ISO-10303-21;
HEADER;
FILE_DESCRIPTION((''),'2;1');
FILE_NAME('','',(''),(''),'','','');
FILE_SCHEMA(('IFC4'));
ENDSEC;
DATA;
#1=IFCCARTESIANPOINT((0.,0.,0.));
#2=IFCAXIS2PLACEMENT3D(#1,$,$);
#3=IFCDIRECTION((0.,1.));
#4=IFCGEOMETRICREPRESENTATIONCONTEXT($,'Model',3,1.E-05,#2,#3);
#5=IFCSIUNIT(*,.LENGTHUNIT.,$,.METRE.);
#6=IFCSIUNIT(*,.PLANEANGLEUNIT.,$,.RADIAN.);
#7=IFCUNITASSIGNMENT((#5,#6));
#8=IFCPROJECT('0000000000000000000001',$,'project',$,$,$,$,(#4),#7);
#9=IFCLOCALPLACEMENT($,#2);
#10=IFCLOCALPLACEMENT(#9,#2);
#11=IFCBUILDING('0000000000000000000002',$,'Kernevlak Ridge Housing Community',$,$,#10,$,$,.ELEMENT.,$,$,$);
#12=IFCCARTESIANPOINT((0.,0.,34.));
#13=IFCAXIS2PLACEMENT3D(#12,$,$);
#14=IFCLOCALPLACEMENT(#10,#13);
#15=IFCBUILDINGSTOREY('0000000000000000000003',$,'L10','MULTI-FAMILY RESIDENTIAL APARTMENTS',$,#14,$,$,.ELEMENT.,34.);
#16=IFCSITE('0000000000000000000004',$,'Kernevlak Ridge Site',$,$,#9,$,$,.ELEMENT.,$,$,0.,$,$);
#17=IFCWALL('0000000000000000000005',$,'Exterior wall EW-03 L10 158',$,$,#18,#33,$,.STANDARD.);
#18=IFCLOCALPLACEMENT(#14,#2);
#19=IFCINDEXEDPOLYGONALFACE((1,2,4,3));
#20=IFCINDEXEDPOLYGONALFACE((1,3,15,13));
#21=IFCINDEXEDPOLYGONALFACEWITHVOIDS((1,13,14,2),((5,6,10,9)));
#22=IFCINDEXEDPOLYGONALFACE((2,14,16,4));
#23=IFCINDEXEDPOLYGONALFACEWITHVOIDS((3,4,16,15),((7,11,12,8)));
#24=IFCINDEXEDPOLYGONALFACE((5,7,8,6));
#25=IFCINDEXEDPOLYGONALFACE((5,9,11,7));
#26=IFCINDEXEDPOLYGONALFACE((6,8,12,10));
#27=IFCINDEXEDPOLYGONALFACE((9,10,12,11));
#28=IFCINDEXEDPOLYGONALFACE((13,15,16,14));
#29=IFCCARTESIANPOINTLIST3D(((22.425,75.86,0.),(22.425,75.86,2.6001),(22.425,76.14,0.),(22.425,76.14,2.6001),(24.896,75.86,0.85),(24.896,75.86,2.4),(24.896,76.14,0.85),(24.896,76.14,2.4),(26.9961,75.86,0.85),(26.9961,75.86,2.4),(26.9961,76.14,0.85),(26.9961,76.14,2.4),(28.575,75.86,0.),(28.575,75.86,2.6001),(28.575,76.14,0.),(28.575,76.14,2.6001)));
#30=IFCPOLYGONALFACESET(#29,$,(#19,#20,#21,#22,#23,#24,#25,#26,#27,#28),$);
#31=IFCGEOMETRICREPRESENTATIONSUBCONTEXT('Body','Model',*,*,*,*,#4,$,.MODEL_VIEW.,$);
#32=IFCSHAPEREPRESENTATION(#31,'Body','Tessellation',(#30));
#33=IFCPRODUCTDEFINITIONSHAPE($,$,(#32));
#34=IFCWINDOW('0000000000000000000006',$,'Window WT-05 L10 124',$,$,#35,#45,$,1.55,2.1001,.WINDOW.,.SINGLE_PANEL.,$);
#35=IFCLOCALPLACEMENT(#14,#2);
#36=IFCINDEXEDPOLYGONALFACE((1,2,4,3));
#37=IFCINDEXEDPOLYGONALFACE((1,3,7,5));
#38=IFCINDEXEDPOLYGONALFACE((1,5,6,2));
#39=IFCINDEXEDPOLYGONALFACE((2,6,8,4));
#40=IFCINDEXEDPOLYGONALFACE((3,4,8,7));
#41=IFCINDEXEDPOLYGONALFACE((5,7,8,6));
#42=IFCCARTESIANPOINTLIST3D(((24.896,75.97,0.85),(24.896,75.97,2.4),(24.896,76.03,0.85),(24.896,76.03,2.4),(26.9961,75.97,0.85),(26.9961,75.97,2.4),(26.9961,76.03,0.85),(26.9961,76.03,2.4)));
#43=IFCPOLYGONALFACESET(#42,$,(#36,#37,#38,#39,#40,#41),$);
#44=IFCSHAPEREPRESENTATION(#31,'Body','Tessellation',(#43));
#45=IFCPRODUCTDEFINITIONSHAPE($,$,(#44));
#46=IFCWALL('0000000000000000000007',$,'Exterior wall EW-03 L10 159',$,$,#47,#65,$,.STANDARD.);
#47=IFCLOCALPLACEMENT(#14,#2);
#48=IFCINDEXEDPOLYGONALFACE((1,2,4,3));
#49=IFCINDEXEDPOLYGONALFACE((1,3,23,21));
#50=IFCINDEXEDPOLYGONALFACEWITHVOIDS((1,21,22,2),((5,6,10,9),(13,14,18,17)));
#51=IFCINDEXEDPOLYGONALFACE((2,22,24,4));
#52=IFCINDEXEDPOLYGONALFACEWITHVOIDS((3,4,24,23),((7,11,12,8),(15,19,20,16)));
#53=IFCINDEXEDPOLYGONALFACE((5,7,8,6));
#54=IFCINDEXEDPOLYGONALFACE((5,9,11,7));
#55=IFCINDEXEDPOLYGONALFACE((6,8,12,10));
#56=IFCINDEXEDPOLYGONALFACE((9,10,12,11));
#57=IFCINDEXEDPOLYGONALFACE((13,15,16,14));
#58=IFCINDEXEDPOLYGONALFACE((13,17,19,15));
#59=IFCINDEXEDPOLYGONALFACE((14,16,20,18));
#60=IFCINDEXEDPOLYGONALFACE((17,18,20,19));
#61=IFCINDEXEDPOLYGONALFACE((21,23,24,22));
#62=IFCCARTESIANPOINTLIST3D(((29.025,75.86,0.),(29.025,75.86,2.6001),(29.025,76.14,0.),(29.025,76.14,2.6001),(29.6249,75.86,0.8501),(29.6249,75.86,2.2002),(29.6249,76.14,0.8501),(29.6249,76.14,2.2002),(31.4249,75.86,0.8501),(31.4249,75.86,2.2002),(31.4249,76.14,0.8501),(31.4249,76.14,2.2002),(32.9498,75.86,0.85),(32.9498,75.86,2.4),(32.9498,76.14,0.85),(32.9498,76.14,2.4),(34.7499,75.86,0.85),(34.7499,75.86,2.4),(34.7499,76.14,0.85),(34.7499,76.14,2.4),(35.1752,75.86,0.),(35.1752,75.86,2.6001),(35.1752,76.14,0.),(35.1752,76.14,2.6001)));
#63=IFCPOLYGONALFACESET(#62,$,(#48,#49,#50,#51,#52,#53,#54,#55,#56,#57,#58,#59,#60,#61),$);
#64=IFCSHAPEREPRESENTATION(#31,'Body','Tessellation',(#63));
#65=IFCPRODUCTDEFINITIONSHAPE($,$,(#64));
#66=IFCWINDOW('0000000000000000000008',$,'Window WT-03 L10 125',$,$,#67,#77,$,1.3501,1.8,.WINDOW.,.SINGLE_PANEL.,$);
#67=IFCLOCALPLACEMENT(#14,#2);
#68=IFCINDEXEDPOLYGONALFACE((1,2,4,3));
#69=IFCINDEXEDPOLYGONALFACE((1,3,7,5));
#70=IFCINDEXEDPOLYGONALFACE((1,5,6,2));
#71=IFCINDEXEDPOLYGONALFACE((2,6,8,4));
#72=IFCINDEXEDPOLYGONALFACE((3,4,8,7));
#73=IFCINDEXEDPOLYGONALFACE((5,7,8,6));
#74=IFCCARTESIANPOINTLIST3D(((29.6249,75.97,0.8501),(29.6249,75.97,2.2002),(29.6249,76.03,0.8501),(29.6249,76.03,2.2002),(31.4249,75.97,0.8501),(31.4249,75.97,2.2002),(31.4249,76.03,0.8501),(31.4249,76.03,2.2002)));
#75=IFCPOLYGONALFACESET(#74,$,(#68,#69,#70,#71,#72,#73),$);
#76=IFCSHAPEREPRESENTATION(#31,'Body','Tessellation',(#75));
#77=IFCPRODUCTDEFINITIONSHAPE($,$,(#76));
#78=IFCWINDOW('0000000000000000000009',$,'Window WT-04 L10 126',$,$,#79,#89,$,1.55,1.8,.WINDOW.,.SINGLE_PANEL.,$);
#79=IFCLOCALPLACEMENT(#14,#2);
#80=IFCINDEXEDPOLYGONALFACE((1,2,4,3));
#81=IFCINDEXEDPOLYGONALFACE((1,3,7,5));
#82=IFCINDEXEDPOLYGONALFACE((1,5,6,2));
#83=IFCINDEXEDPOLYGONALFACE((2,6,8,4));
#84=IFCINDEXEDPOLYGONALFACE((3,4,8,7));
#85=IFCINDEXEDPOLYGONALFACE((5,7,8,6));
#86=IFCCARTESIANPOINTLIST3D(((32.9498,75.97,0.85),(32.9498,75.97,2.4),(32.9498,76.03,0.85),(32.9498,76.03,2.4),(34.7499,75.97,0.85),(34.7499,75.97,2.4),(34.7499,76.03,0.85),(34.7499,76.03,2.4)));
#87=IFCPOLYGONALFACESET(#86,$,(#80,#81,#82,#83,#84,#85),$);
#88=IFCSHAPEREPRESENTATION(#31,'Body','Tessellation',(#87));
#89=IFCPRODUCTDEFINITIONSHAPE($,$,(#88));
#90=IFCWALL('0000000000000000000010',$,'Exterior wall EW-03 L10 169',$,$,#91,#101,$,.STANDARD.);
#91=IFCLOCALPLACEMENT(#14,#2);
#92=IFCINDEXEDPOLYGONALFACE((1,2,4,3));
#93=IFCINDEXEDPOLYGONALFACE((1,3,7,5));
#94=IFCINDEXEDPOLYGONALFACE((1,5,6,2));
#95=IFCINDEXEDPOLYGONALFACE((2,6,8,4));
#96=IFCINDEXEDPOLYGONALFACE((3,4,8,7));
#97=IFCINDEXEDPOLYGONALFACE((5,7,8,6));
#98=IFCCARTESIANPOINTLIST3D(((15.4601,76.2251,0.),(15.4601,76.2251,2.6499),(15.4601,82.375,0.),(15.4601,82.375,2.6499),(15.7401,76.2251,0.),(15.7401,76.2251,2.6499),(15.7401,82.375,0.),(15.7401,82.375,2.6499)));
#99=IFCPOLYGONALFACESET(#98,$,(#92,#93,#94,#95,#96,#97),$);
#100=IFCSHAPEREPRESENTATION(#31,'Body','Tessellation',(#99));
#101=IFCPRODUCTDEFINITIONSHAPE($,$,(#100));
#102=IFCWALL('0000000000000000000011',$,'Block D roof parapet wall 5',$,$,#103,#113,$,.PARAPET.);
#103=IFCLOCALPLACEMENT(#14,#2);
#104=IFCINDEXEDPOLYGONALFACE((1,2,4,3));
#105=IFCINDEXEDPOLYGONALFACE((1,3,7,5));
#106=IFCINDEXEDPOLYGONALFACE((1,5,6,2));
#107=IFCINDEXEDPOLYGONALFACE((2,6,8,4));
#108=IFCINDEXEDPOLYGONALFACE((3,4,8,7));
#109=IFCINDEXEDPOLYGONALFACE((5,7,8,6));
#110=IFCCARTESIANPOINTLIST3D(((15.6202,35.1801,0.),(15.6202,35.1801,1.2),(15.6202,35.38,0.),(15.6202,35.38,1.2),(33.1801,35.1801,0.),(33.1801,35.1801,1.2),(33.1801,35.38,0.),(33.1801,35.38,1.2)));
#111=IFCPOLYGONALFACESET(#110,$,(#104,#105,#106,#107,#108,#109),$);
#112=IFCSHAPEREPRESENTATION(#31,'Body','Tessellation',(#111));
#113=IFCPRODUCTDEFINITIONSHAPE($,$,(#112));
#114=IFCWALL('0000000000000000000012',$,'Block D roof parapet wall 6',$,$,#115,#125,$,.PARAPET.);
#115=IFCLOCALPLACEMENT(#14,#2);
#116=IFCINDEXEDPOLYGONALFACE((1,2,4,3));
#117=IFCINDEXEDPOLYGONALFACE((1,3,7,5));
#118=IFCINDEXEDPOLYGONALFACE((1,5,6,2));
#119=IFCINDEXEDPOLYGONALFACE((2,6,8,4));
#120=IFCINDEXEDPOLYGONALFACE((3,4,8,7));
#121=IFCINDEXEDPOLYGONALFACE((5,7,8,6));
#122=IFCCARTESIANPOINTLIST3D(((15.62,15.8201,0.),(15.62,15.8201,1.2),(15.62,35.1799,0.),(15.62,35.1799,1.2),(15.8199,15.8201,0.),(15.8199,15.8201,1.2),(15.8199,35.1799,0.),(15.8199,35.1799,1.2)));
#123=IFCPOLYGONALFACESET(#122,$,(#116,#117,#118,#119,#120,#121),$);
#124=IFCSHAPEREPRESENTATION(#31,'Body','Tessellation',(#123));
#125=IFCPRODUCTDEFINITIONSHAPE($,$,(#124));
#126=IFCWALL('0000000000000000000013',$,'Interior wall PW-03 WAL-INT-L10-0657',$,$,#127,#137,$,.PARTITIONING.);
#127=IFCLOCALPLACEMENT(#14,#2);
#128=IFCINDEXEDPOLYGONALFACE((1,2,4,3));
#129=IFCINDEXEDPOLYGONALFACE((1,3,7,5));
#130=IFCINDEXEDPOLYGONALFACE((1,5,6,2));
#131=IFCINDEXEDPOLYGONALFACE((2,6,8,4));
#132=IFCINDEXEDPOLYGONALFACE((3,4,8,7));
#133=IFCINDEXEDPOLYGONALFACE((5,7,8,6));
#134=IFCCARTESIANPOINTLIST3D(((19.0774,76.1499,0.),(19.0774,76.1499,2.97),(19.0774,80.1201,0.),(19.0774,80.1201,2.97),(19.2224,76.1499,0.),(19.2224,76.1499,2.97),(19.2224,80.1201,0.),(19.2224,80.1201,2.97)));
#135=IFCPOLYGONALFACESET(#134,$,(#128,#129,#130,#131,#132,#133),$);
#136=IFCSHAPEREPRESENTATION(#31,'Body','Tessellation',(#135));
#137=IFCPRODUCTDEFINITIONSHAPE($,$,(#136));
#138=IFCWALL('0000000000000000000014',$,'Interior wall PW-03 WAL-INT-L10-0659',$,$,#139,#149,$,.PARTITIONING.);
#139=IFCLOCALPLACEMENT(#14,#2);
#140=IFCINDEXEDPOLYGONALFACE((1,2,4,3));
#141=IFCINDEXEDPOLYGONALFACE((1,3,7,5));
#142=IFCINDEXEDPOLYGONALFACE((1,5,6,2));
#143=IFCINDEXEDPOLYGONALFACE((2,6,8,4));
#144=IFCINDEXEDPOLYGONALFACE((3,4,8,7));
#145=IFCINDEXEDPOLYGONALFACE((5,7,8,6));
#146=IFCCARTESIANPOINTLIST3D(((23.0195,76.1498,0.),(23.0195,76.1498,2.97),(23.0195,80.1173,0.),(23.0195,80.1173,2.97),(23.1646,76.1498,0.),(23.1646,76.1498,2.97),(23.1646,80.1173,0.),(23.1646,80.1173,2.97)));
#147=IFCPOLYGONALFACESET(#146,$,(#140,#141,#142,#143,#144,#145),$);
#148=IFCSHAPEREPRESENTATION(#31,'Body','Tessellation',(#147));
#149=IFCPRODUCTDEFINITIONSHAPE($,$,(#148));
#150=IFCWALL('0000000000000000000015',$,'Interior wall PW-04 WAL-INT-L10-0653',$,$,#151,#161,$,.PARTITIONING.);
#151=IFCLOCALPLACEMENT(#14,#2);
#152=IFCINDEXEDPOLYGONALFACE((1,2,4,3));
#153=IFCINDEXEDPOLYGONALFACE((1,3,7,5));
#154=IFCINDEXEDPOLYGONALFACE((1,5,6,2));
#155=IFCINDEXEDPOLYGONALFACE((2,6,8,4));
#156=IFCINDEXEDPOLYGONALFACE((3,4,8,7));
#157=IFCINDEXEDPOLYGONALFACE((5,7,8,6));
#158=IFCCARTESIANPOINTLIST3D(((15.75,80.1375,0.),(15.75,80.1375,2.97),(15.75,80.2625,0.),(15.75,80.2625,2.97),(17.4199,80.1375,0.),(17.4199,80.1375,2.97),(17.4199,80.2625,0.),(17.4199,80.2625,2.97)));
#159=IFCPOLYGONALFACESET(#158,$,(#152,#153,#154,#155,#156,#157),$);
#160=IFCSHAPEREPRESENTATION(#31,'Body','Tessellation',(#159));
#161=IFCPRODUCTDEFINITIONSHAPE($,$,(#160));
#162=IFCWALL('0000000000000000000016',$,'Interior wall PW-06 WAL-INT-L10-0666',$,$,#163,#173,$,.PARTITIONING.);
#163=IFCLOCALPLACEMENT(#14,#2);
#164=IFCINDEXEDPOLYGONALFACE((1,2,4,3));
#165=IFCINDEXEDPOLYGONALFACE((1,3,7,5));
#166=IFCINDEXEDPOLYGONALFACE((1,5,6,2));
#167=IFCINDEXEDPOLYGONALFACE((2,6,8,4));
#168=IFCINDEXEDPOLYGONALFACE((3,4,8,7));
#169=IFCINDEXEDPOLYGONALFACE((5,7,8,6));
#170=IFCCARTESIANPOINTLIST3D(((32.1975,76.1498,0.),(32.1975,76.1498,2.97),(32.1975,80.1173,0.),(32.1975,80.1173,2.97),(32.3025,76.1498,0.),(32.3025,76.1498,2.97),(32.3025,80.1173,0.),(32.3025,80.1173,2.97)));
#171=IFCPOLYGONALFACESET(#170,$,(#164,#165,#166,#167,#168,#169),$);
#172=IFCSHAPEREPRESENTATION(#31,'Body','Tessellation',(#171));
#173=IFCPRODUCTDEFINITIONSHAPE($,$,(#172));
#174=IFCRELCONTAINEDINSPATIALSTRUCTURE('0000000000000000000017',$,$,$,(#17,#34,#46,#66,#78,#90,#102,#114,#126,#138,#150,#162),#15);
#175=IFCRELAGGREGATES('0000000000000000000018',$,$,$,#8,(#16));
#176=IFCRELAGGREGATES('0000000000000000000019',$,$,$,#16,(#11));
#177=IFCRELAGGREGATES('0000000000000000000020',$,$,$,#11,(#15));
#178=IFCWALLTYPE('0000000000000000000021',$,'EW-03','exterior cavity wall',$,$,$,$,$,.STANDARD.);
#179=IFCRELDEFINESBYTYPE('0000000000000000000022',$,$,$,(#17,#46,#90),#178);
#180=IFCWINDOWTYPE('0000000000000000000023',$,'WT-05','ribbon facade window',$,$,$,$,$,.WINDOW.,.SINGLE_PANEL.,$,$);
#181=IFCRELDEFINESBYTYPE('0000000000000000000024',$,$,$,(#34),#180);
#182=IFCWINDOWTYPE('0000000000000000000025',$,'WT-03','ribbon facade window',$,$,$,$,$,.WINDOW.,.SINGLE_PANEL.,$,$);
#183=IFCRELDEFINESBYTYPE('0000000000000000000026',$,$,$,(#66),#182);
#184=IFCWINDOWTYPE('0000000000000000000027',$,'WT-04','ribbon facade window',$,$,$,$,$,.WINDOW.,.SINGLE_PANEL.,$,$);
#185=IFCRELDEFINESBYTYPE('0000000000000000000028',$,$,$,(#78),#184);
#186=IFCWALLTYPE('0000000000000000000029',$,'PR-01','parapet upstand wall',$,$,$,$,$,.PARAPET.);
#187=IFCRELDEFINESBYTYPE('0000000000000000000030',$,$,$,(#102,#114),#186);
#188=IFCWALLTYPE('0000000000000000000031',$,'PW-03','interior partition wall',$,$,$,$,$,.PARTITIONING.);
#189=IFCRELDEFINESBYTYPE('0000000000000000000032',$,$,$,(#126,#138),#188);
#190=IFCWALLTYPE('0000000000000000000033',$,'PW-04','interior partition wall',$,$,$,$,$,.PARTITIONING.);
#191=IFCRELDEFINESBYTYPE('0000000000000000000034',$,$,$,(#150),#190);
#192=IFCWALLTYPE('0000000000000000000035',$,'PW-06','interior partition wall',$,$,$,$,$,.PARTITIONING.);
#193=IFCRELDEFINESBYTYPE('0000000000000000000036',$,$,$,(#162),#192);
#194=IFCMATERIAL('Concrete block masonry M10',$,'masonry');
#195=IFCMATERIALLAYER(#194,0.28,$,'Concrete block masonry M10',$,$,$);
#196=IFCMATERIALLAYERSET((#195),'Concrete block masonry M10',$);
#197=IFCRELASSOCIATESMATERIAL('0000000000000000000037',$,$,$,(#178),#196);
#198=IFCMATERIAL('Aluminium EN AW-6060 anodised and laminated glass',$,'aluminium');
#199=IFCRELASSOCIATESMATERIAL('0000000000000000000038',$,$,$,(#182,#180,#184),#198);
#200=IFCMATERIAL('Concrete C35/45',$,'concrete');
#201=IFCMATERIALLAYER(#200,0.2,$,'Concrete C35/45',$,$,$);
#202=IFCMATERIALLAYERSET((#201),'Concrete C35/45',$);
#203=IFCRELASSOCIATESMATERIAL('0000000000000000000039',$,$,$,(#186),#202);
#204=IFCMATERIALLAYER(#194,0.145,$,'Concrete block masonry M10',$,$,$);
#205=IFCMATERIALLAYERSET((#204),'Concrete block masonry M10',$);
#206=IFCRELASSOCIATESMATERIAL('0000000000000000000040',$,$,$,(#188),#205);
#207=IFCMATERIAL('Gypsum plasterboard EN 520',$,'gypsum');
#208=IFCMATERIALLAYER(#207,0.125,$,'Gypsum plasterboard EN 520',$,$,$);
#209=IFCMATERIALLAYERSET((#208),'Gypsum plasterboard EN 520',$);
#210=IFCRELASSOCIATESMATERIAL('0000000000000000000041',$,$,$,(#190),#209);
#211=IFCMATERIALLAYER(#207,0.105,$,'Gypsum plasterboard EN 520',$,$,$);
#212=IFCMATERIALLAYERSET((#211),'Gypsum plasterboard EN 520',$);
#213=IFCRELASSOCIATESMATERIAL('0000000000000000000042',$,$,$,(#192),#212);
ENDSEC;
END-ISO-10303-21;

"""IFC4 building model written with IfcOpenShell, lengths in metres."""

from ifc_helpers import new_model, si_unit, direction, frame, frame_2d, origin, place, context, subcontext, project, spatial, rectangle, extrude, material, layer, layer_set, type_object, element, fill, save


model = new_model("IFC4")

# Units and contexts
model_context = context("Model", 3, precision=1e-05, world=origin(), true_north=direction((0.0, 1.0)))
body_context = subcontext(model_context, "Body", "Model", "MODEL_VIEW")
ifc_project = project(units=[si_unit("LENGTHUNIT", "METRE"), si_unit("PLANEANGLEUNIT", "RADIAN")], contexts=[model_context])

# Site, building, storey
site_placement = place(None, origin())
site = spatial("IfcSite", under=ifc_project, at=site_placement, Name="Kernevlak Ridge Site", CompositionType="ELEMENT", RefElevation=0.0)
building_placement = place(site_placement, origin())
building = spatial("IfcBuilding", under=site, at=building_placement, Name="Kernevlak Ridge Housing Community", CompositionType="ELEMENT")
storey_placement = place(building_placement, frame((0.0, 0.0, 34.0)))
storey = spatial("IfcBuildingStorey", under=building, at=storey_placement, Name="L10", Description="MULTI-FAMILY RESIDENTIAL APARTMENTS", CompositionType="ELEMENT", Elevation=34.0)

# Shared definitions
ifc_material_1 = material(Name="Concrete C35/45", Category="concrete")

# Shared definitions
ifc_material_2 = material(Name="Concrete block masonry M10", Category="masonry")
ifc_layer_1 = layer(ifc_material_2, 0.28, Name="Concrete block masonry M10")
ifc_layer_set_1 = layer_set([ifc_layer_1], Name="Concrete block masonry M10")
wall_type_1 = type_object("IfcWallType", Name="EW-03", Description="exterior cavity wall", PredefinedType="STANDARD", material=ifc_layer_set_1)
ifc_material_3 = material(Name="Aluminium EN AW-6060 anodised and laminated glass", Category="aluminium")
window_type_1 = type_object("IfcWindowType", Name="WT-03", Description="ribbon facade window", PartitioningType="SINGLE_PANEL", PredefinedType="WINDOW", material=ifc_material_3)

# Wall, opening, window
wall_1_placement = place(storey_placement, frame((22.425, 76.0, 0.0), z_axis=(0.0, 0.0, 1.0), x_axis=(1.0, 0.0, 0.0)))
wall_1 = element("IfcWall", 1, at=wall_1_placement, inside=storey, type_object=wall_type_1, Name="Exterior wall EW-03 L10 158", PredefinedType="STANDARD", context=body_context, shape_type="SweptSolid", body=[
    extrude(rectangle(XDim=6.1499, YDim=0.28, at=frame_2d((3.075, 0.0))), origin(), (0.0, 0.0, 1.0), 2.6001),
])
opening_1_placement = place(wall_1_placement, frame((2.4709, 0.0, 0.8501)))
opening_1 = element("IfcOpeningElement", 2, at=opening_1_placement, cuts=wall_1, PredefinedType="OPENING", context=body_context, shape_type="SweptSolid", body=[
    extrude(rectangle(XDim=2.1001, YDim=1.55, at=frame_2d((1.05, 0.7749))), frame((0.0, 0.1499, 0.0), z_axis=(0.0, -1.0, 0.0), x_axis=(1.0, 0.0, 0.0)), (0.0, 0.0, 1.0), 0.3),
])
window_type_2 = type_object("IfcWindowType", Name="WT-05", Description="ribbon facade window", PartitioningType="SINGLE_PANEL", PredefinedType="WINDOW", material=ifc_material_3)
window_1_placement = place(opening_1_placement, origin())
window_1 = element("IfcWindow", 3, at=window_1_placement, inside=storey, type_object=window_type_2, Name="Window WT-05 L10 124", OverallHeight=1.55, OverallWidth=2.1001, PartitioningType="SINGLE_PANEL", PredefinedType="WINDOW", context=body_context, shape_type="SweptSolid", body=[
    extrude(rectangle(XDim=2.1001, YDim=1.55, at=frame_2d((1.05, 0.7749))), frame((0.0, 0.03, 0.0), z_axis=(0.0, -1.0, 0.0), x_axis=(1.0, 0.0, 0.0)), (0.0, 0.0, 1.0), 0.0601),
])
fill(opening_1, window_1)

# Wall, openings, windows
wall_2_placement = place(storey_placement, frame((29.0249, 76.0, 0.0), z_axis=(0.0, 0.0, 1.0), x_axis=(1.0, 0.0, 0.0)))
wall_2 = element("IfcWall", 4, at=wall_2_placement, inside=storey, type_object=wall_type_1, Name="Exterior wall EW-03 L10 159", PredefinedType="STANDARD", context=body_context, shape_type="SweptSolid", body=[
    extrude(rectangle(XDim=6.1501, YDim=0.28, at=frame_2d((3.0752, 0.0))), origin(), (0.0, 0.0, 1.0), 2.6001),
])
opening_2_placement = place(wall_2_placement, frame((0.6001, 0.0, 0.8501)))
opening_2 = element("IfcOpeningElement", 5, at=opening_2_placement, cuts=wall_2, PredefinedType="OPENING", context=body_context, shape_type="SweptSolid", body=[
    extrude(rectangle(XDim=1.8, YDim=1.3501, at=frame_2d((0.8999, 0.675))), frame((0.0, 0.1499, 0.0), z_axis=(0.0, -1.0, 0.0), x_axis=(1.0, 0.0, 0.0)), (0.0, 0.0, 1.0), 0.3),
])
opening_3_placement = place(wall_2_placement, frame((3.925, 0.0, 0.8501)))
opening_3 = element("IfcOpeningElement", 6, at=opening_3_placement, cuts=wall_2, PredefinedType="OPENING", context=body_context, shape_type="SweptSolid", body=[
    extrude(rectangle(XDim=1.8, YDim=1.55, at=frame_2d((0.8999, 0.7749))), frame((0.0, 0.1499, 0.0), z_axis=(0.0, -1.0, 0.0), x_axis=(1.0, 0.0, 0.0)), (0.0, 0.0, 1.0), 0.3),
])
window_2_placement = place(opening_2_placement, origin())
window_2 = element("IfcWindow", 7, at=window_2_placement, inside=storey, type_object=window_type_1, Name="Window WT-03 L10 125", OverallHeight=1.3501, OverallWidth=1.8, PartitioningType="SINGLE_PANEL", PredefinedType="WINDOW", context=body_context, shape_type="SweptSolid", body=[
    extrude(rectangle(XDim=1.8, YDim=1.3501, at=frame_2d((0.8999, 0.675))), frame((0.0, 0.03, 0.0), z_axis=(0.0, -1.0, 0.0), x_axis=(1.0, 0.0, 0.0)), (0.0, 0.0, 1.0), 0.0601),
])
fill(opening_2, window_2)
window_type_3 = type_object("IfcWindowType", Name="WT-04", Description="ribbon facade window", PartitioningType="SINGLE_PANEL", PredefinedType="WINDOW", material=ifc_material_3)
window_3_placement = place(opening_3_placement, origin())
window_3 = element("IfcWindow", 8, at=window_3_placement, inside=storey, type_object=window_type_3, Name="Window WT-04 L10 126", OverallHeight=1.55, OverallWidth=1.8, PartitioningType="SINGLE_PANEL", PredefinedType="WINDOW", context=body_context, shape_type="SweptSolid", body=[
    extrude(rectangle(XDim=1.8, YDim=1.55, at=frame_2d((0.8999, 0.7749))), frame((0.0, 0.03, 0.0), z_axis=(0.0, -1.0, 0.0), x_axis=(1.0, 0.0, 0.0)), (0.0, 0.0, 1.0), 0.0601),
])
fill(opening_3, window_3)

# Walls
wall_3_placement = place(storey_placement, frame((15.6001, 76.2251, 0.0), z_axis=(0.0, 0.0, 1.0), x_axis=(0.0, 1.0, 0.0)))
element("IfcWall", 9, at=wall_3_placement, inside=storey, type_object=wall_type_1, Name="Exterior wall EW-03 L10 169", PredefinedType="STANDARD", context=body_context, shape_type="SweptSolid", body=[
    extrude(rectangle(XDim=6.1499, YDim=0.28, at=frame_2d((3.075, 0.0))), origin(), (0.0, 0.0, 1.0), 2.6499),
])
ifc_layer_2 = layer(ifc_material_1, 0.2, Name="Concrete C35/45")
ifc_layer_set_2 = layer_set([ifc_layer_2], Name="Concrete C35/45")
wall_type_2 = type_object("IfcWallType", Name="PR-01", Description="parapet upstand wall", PredefinedType="PARAPET", material=ifc_layer_set_2)
wall_4_placement = place(storey_placement, frame((33.1799, 35.28, 0.0), z_axis=(0.0, 0.0, 1.0), x_axis=(-1.0, 0.0, 0.0)))
element("IfcWall", 10, at=wall_4_placement, inside=storey, type_object=wall_type_2, Name="Block D roof parapet wall 5", PredefinedType="PARAPET", context=body_context, shape_type="SweptSolid", body=[
    extrude(rectangle(XDim=17.5598, YDim=0.2, at=frame_2d((8.7798, 0.0))), origin(), (0.0, 0.0, 1.0), 1.2),
])
wall_5_placement = place(storey_placement, frame((15.72, 35.1799, 0.0), z_axis=(0.0, 0.0, 1.0), x_axis=(0.0, -1.0, 0.0)))
element("IfcWall", 11, at=wall_5_placement, inside=storey, type_object=wall_type_2, Name="Block D roof parapet wall 6", PredefinedType="PARAPET", context=body_context, shape_type="SweptSolid", body=[
    extrude(rectangle(XDim=19.3599, YDim=0.2, at=frame_2d((9.6799, 0.0))), origin(), (0.0, 0.0, 1.0), 1.2),
])
ifc_layer_3 = layer(ifc_material_2, 0.145, Name="Concrete block masonry M10")
ifc_layer_set_3 = layer_set([ifc_layer_3], Name="Concrete block masonry M10")
wall_type_3 = type_object("IfcWallType", Name="PW-03", Description="interior partition wall", PredefinedType="PARTITIONING", material=ifc_layer_set_3)
wall_6_placement = place(storey_placement, frame((19.1499, 80.1201, 0.0), z_axis=(0.0, 0.0, 1.0), x_axis=(0.0, -1.0, 0.0)))
element("IfcWall", 12, at=wall_6_placement, inside=storey, type_object=wall_type_3, Name="Interior wall PW-03 WAL-INT-L10-0657", PredefinedType="PARTITIONING", context=body_context, shape_type="SweptSolid", body=[
    extrude(rectangle(XDim=3.9702, YDim=0.145, at=frame_2d((1.9851, 0.0))), origin(), (0.0, 0.0, 1.0), 2.97),
])
wall_7_placement = place(storey_placement, frame((23.092, 80.1174, 0.0), z_axis=(0.0, 0.0, 1.0), x_axis=(0.0, -1.0, 0.0)))
element("IfcWall", 13, at=wall_7_placement, inside=storey, type_object=wall_type_3, Name="Interior wall PW-03 WAL-INT-L10-0659", PredefinedType="PARTITIONING", context=body_context, shape_type="SweptSolid", body=[
    extrude(rectangle(XDim=3.9675, YDim=0.145, at=frame_2d((1.9839, 0.0))), origin(), (0.0, 0.0, 1.0), 2.97),
])
ifc_material_4 = material(Name="Gypsum plasterboard EN 520", Category="gypsum")
ifc_layer_4 = layer(ifc_material_4, 0.125, Name="Gypsum plasterboard EN 520")
ifc_layer_set_4 = layer_set([ifc_layer_4], Name="Gypsum plasterboard EN 520")
wall_type_4 = type_object("IfcWallType", Name="PW-04", Description="interior partition wall", PredefinedType="PARTITIONING", material=ifc_layer_set_4)
wall_8_placement = place(storey_placement, frame((15.75, 80.2, 0.0), z_axis=(0.0, 0.0, 1.0), x_axis=(1.0, 0.0, 0.0)))
element("IfcWall", 14, at=wall_8_placement, inside=storey, type_object=wall_type_4, Name="Interior wall PW-04 WAL-INT-L10-0653", PredefinedType="PARTITIONING", context=body_context, shape_type="SweptSolid", body=[
    extrude(rectangle(XDim=1.6699, YDim=0.125, at=frame_2d((0.835, 0.0))), origin(), (0.0, 0.0, 1.0), 2.97),
])
ifc_layer_5 = layer(ifc_material_4, 0.105, Name="Gypsum plasterboard EN 520")
ifc_layer_set_5 = layer_set([ifc_layer_5], Name="Gypsum plasterboard EN 520")
wall_type_5 = type_object("IfcWallType", Name="PW-06", Description="interior partition wall", PredefinedType="PARTITIONING", material=ifc_layer_set_5)
wall_9_placement = place(storey_placement, frame((32.25, 80.1174, 0.0), z_axis=(0.0, 0.0, 1.0), x_axis=(0.0, -1.0, 0.0)))
element("IfcWall", 15, at=wall_9_placement, inside=storey, type_object=wall_type_5, Name="Interior wall PW-06 WAL-INT-L10-0666", PredefinedType="PARTITIONING", context=body_context, shape_type="SweptSolid", body=[
    extrude(rectangle(XDim=3.9675, YDim=0.105, at=frame_2d((1.9839, 0.0))), origin(), (0.0, 0.0, 1.0), 2.97),
])

save(model, "model.ifc")
